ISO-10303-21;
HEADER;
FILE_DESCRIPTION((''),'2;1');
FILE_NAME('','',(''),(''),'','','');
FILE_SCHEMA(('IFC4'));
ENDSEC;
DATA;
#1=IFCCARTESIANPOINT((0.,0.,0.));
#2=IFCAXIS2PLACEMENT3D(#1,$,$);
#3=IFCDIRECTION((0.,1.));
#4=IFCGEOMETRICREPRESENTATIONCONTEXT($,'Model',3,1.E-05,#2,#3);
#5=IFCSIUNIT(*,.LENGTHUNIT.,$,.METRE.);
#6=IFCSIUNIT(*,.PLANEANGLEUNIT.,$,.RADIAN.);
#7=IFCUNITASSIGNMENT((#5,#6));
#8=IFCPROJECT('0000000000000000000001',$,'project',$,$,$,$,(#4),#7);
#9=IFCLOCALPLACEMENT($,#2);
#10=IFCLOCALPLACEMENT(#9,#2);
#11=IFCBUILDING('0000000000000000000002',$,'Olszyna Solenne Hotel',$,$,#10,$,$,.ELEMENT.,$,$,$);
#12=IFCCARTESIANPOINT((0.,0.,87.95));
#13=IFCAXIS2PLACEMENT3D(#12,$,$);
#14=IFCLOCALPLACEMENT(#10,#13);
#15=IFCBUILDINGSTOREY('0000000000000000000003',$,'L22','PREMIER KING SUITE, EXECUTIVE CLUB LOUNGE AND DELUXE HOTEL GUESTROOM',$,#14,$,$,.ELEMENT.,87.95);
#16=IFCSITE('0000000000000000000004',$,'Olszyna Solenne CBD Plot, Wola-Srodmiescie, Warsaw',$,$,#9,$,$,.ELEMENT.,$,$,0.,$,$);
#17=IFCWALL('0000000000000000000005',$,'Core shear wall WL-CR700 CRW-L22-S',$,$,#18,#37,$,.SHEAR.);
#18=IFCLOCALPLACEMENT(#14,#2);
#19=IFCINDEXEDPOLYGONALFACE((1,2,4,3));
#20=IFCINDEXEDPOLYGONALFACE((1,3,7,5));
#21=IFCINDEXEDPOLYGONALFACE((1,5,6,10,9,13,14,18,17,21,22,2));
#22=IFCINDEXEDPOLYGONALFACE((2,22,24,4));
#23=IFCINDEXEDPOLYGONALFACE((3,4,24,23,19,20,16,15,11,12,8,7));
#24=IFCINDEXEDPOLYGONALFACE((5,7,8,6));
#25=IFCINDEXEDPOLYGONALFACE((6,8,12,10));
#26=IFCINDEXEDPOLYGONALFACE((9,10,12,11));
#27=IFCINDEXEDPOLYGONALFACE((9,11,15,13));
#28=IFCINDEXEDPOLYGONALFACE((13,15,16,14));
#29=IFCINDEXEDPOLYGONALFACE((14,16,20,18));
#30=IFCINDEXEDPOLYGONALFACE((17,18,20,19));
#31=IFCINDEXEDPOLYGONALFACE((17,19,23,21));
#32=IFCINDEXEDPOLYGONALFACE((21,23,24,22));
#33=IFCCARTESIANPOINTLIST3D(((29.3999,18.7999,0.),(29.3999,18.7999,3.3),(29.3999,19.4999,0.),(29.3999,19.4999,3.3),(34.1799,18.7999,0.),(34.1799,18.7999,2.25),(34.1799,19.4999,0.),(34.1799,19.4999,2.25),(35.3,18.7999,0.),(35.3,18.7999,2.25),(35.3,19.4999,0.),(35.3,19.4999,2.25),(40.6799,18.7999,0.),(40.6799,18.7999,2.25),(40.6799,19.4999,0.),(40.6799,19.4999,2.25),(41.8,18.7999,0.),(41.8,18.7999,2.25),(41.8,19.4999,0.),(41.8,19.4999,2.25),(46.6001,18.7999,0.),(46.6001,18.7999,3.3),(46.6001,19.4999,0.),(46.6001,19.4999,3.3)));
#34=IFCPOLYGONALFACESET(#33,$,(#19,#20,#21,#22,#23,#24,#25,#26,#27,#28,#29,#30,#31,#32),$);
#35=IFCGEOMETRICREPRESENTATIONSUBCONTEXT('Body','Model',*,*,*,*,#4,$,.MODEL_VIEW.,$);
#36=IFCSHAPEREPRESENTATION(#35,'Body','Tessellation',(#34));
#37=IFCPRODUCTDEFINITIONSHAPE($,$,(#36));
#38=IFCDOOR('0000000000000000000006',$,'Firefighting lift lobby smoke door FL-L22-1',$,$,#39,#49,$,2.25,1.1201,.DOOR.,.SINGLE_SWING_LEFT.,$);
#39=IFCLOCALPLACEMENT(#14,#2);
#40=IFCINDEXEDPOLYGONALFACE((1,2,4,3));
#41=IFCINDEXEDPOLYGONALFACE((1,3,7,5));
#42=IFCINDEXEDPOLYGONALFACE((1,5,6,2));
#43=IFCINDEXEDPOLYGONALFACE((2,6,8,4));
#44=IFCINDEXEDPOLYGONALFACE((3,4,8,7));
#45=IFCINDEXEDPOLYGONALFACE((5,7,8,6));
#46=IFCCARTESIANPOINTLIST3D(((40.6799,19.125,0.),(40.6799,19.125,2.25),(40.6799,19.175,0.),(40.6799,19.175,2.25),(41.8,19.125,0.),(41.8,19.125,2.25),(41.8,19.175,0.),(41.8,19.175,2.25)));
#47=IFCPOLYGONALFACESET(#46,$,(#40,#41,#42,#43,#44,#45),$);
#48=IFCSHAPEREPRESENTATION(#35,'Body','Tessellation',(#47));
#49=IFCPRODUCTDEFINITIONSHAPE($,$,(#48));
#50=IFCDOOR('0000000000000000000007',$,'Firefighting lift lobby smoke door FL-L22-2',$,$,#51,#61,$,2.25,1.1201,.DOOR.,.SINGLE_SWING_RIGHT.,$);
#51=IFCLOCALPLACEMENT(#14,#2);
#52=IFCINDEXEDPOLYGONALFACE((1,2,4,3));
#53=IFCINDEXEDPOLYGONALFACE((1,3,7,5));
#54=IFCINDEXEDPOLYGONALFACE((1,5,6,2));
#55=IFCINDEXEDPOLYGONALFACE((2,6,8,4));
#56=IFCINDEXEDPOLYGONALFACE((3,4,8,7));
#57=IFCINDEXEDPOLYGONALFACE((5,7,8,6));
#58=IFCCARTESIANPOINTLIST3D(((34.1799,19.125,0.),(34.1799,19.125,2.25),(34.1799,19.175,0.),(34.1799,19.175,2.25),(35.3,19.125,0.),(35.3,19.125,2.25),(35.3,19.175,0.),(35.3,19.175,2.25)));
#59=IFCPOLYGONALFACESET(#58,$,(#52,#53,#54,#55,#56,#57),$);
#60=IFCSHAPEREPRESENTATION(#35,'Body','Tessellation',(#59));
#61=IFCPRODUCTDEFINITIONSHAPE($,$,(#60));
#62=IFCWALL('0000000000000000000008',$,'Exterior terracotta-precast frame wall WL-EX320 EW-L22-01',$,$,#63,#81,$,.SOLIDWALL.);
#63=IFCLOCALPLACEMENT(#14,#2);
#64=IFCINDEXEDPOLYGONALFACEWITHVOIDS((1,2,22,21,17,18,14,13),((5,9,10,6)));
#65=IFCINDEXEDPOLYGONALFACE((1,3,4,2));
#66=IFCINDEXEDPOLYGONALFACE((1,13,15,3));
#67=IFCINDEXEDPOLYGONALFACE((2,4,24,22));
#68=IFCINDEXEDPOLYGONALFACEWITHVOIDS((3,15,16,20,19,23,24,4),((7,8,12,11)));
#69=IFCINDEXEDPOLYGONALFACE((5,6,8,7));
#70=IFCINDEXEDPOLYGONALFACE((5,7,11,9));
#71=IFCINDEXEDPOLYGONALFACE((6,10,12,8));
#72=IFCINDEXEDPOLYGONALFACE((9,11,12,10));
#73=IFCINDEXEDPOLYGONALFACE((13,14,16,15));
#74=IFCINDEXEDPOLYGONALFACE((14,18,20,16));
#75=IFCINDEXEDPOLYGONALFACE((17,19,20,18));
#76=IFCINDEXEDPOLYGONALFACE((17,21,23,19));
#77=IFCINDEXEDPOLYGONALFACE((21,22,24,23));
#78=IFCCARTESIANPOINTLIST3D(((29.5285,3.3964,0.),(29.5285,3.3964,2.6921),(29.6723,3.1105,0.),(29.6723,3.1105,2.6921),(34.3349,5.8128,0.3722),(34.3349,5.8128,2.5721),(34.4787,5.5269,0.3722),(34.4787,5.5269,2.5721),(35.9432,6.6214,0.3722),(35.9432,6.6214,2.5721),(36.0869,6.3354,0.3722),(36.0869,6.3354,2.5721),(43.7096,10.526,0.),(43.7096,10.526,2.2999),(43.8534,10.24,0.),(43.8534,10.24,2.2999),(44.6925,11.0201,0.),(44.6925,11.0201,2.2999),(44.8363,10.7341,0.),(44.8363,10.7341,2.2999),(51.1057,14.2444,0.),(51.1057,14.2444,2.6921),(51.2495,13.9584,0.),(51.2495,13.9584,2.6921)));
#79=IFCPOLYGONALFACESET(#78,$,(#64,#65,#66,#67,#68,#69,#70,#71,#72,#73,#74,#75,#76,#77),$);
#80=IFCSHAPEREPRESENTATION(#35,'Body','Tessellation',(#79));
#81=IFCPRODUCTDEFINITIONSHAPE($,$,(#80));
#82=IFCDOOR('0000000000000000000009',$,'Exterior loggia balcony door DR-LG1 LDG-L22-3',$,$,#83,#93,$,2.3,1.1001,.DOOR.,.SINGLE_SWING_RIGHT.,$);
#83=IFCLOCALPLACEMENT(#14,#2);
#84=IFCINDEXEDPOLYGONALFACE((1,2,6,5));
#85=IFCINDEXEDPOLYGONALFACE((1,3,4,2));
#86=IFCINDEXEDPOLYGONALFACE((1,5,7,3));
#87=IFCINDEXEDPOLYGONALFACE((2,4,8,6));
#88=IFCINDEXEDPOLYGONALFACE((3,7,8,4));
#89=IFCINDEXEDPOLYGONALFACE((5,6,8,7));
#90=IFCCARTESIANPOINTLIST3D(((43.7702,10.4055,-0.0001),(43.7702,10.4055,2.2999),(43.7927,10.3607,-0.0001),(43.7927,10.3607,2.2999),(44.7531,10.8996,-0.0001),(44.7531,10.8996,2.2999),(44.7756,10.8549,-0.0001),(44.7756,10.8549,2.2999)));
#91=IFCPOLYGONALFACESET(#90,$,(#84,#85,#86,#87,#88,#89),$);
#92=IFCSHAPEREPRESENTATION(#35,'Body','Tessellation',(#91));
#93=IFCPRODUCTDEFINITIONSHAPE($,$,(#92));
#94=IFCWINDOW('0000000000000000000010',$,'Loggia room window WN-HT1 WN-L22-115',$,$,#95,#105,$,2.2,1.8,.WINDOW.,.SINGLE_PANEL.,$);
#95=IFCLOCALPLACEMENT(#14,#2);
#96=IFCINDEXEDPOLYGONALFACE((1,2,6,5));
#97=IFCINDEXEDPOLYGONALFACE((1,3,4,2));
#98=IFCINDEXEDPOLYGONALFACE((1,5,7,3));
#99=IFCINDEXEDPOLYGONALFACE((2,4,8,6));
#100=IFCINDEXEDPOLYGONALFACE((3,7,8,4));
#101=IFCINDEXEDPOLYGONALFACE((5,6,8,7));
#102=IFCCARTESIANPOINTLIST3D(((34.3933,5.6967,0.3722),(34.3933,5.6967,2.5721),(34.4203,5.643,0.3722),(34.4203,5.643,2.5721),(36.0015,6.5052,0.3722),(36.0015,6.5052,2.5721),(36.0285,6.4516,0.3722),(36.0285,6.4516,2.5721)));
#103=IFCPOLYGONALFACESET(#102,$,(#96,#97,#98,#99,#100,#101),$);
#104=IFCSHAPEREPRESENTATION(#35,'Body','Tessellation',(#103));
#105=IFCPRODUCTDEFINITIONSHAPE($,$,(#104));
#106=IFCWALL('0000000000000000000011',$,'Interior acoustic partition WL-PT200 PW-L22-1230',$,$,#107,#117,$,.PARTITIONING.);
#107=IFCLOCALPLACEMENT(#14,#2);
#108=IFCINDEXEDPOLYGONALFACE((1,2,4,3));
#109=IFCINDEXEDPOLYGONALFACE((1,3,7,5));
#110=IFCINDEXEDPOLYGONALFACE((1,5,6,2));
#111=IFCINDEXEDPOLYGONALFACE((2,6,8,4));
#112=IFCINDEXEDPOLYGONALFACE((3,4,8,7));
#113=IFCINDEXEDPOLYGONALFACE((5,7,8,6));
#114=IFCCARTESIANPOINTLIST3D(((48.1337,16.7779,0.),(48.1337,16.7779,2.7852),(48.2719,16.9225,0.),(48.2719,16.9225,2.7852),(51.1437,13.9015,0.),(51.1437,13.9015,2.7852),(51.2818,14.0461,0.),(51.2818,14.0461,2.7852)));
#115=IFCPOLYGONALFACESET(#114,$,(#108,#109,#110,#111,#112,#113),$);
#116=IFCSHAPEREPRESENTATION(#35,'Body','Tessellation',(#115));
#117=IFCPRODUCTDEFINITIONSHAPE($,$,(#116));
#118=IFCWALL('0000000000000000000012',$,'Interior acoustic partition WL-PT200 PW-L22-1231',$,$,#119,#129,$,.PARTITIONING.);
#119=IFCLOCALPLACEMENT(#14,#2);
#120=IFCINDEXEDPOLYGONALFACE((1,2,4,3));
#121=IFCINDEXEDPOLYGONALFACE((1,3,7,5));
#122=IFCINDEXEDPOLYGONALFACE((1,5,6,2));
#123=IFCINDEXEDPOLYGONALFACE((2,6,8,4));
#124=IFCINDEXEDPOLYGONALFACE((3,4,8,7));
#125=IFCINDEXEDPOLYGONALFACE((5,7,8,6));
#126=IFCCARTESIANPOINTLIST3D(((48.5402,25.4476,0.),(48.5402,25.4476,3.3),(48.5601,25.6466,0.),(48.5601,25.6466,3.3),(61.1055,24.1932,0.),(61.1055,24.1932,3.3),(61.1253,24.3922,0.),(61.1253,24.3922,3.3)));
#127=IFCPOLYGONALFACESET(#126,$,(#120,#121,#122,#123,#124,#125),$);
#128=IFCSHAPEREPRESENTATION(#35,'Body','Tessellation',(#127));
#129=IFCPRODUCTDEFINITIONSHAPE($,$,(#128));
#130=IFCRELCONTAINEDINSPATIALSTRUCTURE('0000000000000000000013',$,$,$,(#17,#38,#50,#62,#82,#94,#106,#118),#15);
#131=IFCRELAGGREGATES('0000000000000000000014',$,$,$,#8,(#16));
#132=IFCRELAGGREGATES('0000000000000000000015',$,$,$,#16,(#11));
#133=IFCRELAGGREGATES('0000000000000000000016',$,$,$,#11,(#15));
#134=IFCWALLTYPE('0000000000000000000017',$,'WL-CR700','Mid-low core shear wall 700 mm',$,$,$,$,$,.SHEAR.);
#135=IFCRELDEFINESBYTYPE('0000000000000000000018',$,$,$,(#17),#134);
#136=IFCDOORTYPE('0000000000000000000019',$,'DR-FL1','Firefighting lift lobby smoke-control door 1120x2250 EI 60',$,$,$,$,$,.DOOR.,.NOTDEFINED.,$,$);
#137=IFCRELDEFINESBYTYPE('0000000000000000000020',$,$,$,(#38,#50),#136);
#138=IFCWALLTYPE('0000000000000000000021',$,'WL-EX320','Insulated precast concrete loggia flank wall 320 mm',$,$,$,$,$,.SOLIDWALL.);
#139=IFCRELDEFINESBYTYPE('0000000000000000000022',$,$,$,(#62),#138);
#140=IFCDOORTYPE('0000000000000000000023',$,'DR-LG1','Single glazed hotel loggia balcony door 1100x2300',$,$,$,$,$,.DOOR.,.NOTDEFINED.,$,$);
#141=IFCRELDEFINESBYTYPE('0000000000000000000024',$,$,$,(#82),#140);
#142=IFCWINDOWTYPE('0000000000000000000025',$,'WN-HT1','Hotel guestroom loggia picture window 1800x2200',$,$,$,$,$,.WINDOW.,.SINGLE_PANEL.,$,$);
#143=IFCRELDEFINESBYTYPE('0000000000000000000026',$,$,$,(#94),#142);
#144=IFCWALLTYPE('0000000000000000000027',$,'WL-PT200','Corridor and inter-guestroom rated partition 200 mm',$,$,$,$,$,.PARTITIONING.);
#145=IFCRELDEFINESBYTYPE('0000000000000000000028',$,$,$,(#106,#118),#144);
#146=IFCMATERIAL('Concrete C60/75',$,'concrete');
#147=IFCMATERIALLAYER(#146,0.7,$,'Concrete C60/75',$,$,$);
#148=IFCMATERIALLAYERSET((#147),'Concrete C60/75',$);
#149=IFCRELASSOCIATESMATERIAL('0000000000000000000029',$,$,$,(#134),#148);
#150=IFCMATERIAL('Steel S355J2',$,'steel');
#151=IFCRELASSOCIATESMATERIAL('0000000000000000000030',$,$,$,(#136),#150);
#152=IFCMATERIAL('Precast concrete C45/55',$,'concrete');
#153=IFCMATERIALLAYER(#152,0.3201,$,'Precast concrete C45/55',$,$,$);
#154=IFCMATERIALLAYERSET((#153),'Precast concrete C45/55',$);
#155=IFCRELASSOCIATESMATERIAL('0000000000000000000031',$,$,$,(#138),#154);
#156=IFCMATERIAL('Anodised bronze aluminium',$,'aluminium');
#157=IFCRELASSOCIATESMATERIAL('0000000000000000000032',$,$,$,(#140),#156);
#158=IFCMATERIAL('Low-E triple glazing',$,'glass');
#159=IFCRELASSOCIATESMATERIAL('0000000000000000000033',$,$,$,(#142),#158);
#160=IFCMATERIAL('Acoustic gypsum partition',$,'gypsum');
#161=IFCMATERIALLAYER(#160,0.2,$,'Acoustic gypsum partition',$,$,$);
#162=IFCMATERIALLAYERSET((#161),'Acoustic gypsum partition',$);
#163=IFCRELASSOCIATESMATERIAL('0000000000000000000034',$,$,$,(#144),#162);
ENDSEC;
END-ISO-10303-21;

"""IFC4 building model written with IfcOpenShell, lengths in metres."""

from ifc_helpers import new_model, si_unit, direction, frame, frame_2d, origin, place, context, subcontext, project, spatial, rectangle, extrude, source, transform, mapped, material, layer, layer_set, type_object, type_shapes, element, fill, save


model = new_model("IFC4")

# Units and contexts
model_context = context("Model", 3, precision=1e-05, world=origin(), true_north=direction((0.0, 1.0)))
body_context = subcontext(model_context, "Body", "Model", "MODEL_VIEW")
ifc_project = project(units=[si_unit("LENGTHUNIT", "METRE"), si_unit("PLANEANGLEUNIT", "RADIAN")], contexts=[model_context])

# Site, building, storey
site_placement = place(None, origin())
site = spatial("IfcSite", under=ifc_project, at=site_placement, Name="Olszyna Solenne CBD Plot, Wola-Srodmiescie, Warsaw", CompositionType="ELEMENT", RefElevation=0.0)
building_placement = place(site_placement, origin())
building = spatial("IfcBuilding", under=site, at=building_placement, Name="Olszyna Solenne Hotel", CompositionType="ELEMENT")
storey_placement = place(building_placement, frame((0.0, 0.0, 87.95)))
storey = spatial("IfcBuildingStorey", under=building, at=storey_placement, Name="L22", Description="PREMIER KING SUITE, EXECUTIVE CLUB LOUNGE AND DELUXE HOTEL GUESTROOM", CompositionType="ELEMENT", Elevation=87.95)

# Shared definitions
ifc_material_1 = material(Name="Steel S355J2", Category="steel")

# Wall, openings, doors
ifc_material_2 = material(Name="Concrete C60/75", Category="concrete")
ifc_layer_1 = layer(ifc_material_2, 0.7, Name="Concrete C60/75")
ifc_layer_set_1 = layer_set([ifc_layer_1], Name="Concrete C60/75")
wall_type_1 = type_object("IfcWallType", Name="WL-CR700", Description="Mid-low core shear wall 700 mm", PredefinedType="SHEAR", material=ifc_layer_set_1)
wall_1_placement = place(storey_placement, frame((46.6001, 19.1499, 0.0), z_axis=(0.0, 0.0, 1.0), x_axis=(-1.0, 0.0, 0.0)))
wall_1 = element("IfcWall", 1, at=wall_1_placement, inside=storey, type_object=wall_type_1, Name="Core shear wall WL-CR700 CRW-L22-S", PredefinedType="SHEAR", context=body_context, shape_type="SweptSolid", body=[
    extrude(rectangle(XDim=17.2002, YDim=0.7, at=frame_2d((8.6001, 0.0))), origin(), (0.0, 0.0, 1.0), 3.3),
])
opening_1_placement = place(wall_1_placement, frame((4.8, 0.0, 0.0)))
opening_1 = element("IfcOpeningElement", 2, at=opening_1_placement, cuts=wall_1, PredefinedType="OPENING", context=body_context, shape_type="SweptSolid", body=[
    extrude(rectangle(XDim=1.1201, YDim=2.25, at=frame_2d((0.5601, 1.125))), frame((0.0, 0.3599, 0.0), z_axis=(0.0, -1.0, 0.0), x_axis=(1.0, 0.0, 0.0)), (0.0, 0.0, 1.0), 0.72),
])
opening_2_placement = place(wall_1_placement, frame((11.3, 0.0, 0.0)))
opening_2 = element("IfcOpeningElement", 3, at=opening_2_placement, cuts=wall_1, PredefinedType="OPENING", context=body_context, shape_type="SweptSolid", body=[
    extrude(rectangle(XDim=1.1201, YDim=2.25, at=frame_2d((0.5601, 1.125))), frame((0.0, 0.3599, 0.0), z_axis=(0.0, -1.0, 0.0), x_axis=(1.0, 0.0, 0.0)), (0.0, 0.0, 1.0), 0.72),
])
door_type_1 = type_object("IfcDoorType", Name="DR-FL1", Description="Firefighting lift lobby smoke-control door 1120x2250 EI 60", OperationType="NOTDEFINED", PredefinedType="DOOR", material=ifc_material_1)
shared_shape_1 = source(origin(), body_context, "Body", "SweptSolid", [
    extrude(rectangle(XDim=1.1201, YDim=2.25, at=frame_2d((0.5601, 1.125))), frame((0.0, 0.0249, 0.0), z_axis=(0.0, -1.0, 0.0), x_axis=(1.0, 0.0, 0.0)), (0.0, 0.0, 1.0), 0.05),
])
type_shapes(door_type_1, [shared_shape_1])
door_1_placement = place(opening_1_placement, origin())
door_1 = element("IfcDoor", 4, at=door_1_placement, inside=storey, type_object=door_type_1, Name="Firefighting lift lobby smoke door FL-L22-1", OperationType="SINGLE_SWING_LEFT", OverallHeight=2.25, OverallWidth=1.1201, PredefinedType="DOOR", context=body_context, shape_type="MappedRepresentation", body=[
    mapped(shared_shape_1, transform((0.0, 0.0, 0.0), x_axis=(1.0, 0.0, 0.0), y_axis=(0.0, 1.0, 0.0), z_axis=(0.0, 0.0, 1.0), scale=1.0)),
])
fill(opening_1, door_1)
door_2_placement = place(opening_2_placement, origin())
door_2 = element("IfcDoor", 5, at=door_2_placement, inside=storey, type_object=door_type_1, Name="Firefighting lift lobby smoke door FL-L22-2", OperationType="SINGLE_SWING_RIGHT", OverallHeight=2.25, OverallWidth=1.1201, PredefinedType="DOOR", context=body_context, shape_type="MappedRepresentation", body=[
    mapped(shared_shape_1, transform((0.0, 0.0, 0.0), x_axis=(1.0, 0.0, 0.0), y_axis=(0.0, 1.0, 0.0), z_axis=(0.0, 0.0, 1.0), scale=1.0)),
])
fill(opening_2, door_2)

# Wall, openings, door, window
ifc_material_3 = material(Name="Precast concrete C45/55", Category="concrete")
ifc_layer_2 = layer(ifc_material_3, 0.3201, Name="Precast concrete C45/55")
ifc_layer_set_2 = layer_set([ifc_layer_2], Name="Precast concrete C45/55")
wall_type_2 = type_object("IfcWallType", Name="WL-EX320", Description="Insulated precast concrete loggia flank wall 320 mm", PredefinedType="SOLIDWALL", material=ifc_layer_set_2)
wall_2_placement = place(storey_placement, frame((51.1775, 14.1013, 0.0), z_axis=(0.0, 0.0, 1.0), x_axis=(-0.893442, -0.449178, 0.0)))
wall_2 = element("IfcWall", 6, at=wall_2_placement, inside=storey, type_object=wall_type_2, Name="Exterior terracotta-precast frame wall WL-EX320 EW-L22-01", PredefinedType="SOLIDWALL", context=body_context, shape_type="SweptSolid", body=[
    extrude(rectangle(XDim=24.1506, YDim=0.3201, at=frame_2d((12.0752, 0.0))), origin(), (0.0, 0.0, 1.0), 2.6921),
])
opening_3_placement = place(wall_2_placement, frame((7.178, 0.0, 0.0)))
opening_3 = element("IfcOpeningElement", 7, at=opening_3_placement, cuts=wall_2, PredefinedType="OPENING", context=body_context, shape_type="SweptSolid", body=[
    extrude(rectangle(XDim=1.1001, YDim=2.3, at=frame_2d((0.55, 1.1499))), frame((0.0, 0.1699, 0.0), z_axis=(0.0, -1.0, 0.0), x_axis=(1.0, 0.0, 0.0)), (0.0, 0.0, 1.0), 0.3401),
])
opening_4_placement = place(wall_2_placement, frame((16.9709, 0.0, 0.3721)))
opening_4 = element("IfcOpeningElement", 8, at=opening_4_placement, cuts=wall_2, PredefinedType="OPENING", context=body_context, shape_type="SweptSolid", body=[
    extrude(rectangle(XDim=1.8, YDim=2.2, at=frame_2d((0.8999, 1.1001))), frame((0.0, 0.1699, 0.0), z_axis=(0.0, -1.0, 0.0), x_axis=(1.0, 0.0, 0.0)), (0.0, 0.0, 1.0), 0.3401),
])
ifc_material_4 = material(Name="Anodised bronze aluminium", Category="aluminium")
door_type_2 = type_object("IfcDoorType", Name="DR-LG1", Description="Single glazed hotel loggia balcony door 1100x2300", OperationType="NOTDEFINED", PredefinedType="DOOR", material=ifc_material_4)
shared_shape_2 = source(origin(), body_context, "Body", "SweptSolid", [
    extrude(rectangle(XDim=1.1001, YDim=2.3, at=frame_2d((0.55, 1.1499))), frame((0.0, 0.0249, 0.0), z_axis=(0.0, -1.0, 0.0), x_axis=(1.0, 0.0, 0.0)), (0.0, 0.0, 1.0), 0.05),
])
type_shapes(door_type_2, [shared_shape_2])
door_3_placement = place(opening_3_placement, origin())
door_3 = element("IfcDoor", 9, at=door_3_placement, inside=storey, type_object=door_type_2, Name="Exterior loggia balcony door DR-LG1 LDG-L22-3", OperationType="SINGLE_SWING_RIGHT", OverallHeight=2.3, OverallWidth=1.1001, PredefinedType="DOOR", context=body_context, shape_type="MappedRepresentation", body=[
    mapped(shared_shape_2, transform((0.0, 0.0, 0.0), x_axis=(1.0, 0.0, 0.0), y_axis=(0.0, 1.0, 0.0), z_axis=(0.0, 0.0, 1.0), scale=1.0)),
])
fill(opening_3, door_3)
ifc_material_5 = material(Name="Low-E triple glazing", Category="glass")
window_type = type_object("IfcWindowType", Name="WN-HT1", Description="Hotel guestroom loggia picture window 1800x2200", PartitioningType="SINGLE_PANEL", PredefinedType="WINDOW", material=ifc_material_5)
shared_shape_3 = source(origin(), body_context, "Body", "SweptSolid", [
    extrude(rectangle(XDim=1.8, YDim=2.2, at=frame_2d((0.8999, 1.1001))), frame((0.0, 0.03, 0.0), z_axis=(0.0, -1.0, 0.0), x_axis=(1.0, 0.0, 0.0)), (0.0, 0.0, 1.0), 0.0601),
])
type_shapes(window_type, [shared_shape_3])
window_placement = place(opening_4_placement, origin())
window = element("IfcWindow", 10, at=window_placement, inside=storey, type_object=window_type, Name="Loggia room window WN-HT1 WN-L22-115", OverallHeight=2.2, OverallWidth=1.8, PartitioningType="SINGLE_PANEL", PredefinedType="WINDOW", context=body_context, shape_type="MappedRepresentation", body=[
    mapped(shared_shape_3, transform((0.0, 0.0, 0.0), x_axis=(1.0, 0.0, 0.0), y_axis=(0.0, 1.0, 0.0), z_axis=(0.0, 0.0, 1.0), scale=1.0)),
])
fill(opening_4, window)

# Walls
ifc_material_6 = material(Name="Acoustic gypsum partition", Category="gypsum")
ifc_layer_3 = layer(ifc_material_6, 0.2, Name="Acoustic gypsum partition")
ifc_layer_set_3 = layer_set([ifc_layer_3], Name="Acoustic gypsum partition")
wall_type_3 = type_object("IfcWallType", Name="WL-PT200", Description="Corridor and inter-guestroom rated partition 200 mm", PredefinedType="PARTITIONING", material=ifc_layer_set_3)
wall_3_placement = place(storey_placement, frame((48.2029, 16.8501, 0.0), z_axis=(0.0, 0.0, 1.0), x_axis=(0.722963, -0.690887, 0.0)))
element("IfcWall", 11, at=wall_3_placement, inside=storey, type_object=wall_type_3, Name="Interior acoustic partition WL-PT200 PW-L22-1230", PredefinedType="PARTITIONING", context=body_context, shape_type="SweptSolid", body=[
    extrude(rectangle(XDim=4.1633, YDim=0.2, at=frame_2d((2.0815, 0.0))), origin(), (0.0, 0.0, 1.0), 2.7852),
])
wall_4_placement = place(storey_placement, frame((48.55, 25.5471, 0.0), z_axis=(0.0, 0.0, 1.0), x_axis=(0.995054, -0.099337, 0.0)))
element("IfcWall", 12, at=wall_4_placement, inside=storey, type_object=wall_type_3, Name="Interior acoustic partition WL-PT200 PW-L22-1231", PredefinedType="PARTITIONING", context=body_context, shape_type="SweptSolid", body=[
    extrude(rectangle(XDim=12.6277, YDim=0.2, at=frame_2d((6.314, 0.0))), origin(), (0.0, 0.0, 1.0), 3.3),
])

save(model, "model.ifc")
